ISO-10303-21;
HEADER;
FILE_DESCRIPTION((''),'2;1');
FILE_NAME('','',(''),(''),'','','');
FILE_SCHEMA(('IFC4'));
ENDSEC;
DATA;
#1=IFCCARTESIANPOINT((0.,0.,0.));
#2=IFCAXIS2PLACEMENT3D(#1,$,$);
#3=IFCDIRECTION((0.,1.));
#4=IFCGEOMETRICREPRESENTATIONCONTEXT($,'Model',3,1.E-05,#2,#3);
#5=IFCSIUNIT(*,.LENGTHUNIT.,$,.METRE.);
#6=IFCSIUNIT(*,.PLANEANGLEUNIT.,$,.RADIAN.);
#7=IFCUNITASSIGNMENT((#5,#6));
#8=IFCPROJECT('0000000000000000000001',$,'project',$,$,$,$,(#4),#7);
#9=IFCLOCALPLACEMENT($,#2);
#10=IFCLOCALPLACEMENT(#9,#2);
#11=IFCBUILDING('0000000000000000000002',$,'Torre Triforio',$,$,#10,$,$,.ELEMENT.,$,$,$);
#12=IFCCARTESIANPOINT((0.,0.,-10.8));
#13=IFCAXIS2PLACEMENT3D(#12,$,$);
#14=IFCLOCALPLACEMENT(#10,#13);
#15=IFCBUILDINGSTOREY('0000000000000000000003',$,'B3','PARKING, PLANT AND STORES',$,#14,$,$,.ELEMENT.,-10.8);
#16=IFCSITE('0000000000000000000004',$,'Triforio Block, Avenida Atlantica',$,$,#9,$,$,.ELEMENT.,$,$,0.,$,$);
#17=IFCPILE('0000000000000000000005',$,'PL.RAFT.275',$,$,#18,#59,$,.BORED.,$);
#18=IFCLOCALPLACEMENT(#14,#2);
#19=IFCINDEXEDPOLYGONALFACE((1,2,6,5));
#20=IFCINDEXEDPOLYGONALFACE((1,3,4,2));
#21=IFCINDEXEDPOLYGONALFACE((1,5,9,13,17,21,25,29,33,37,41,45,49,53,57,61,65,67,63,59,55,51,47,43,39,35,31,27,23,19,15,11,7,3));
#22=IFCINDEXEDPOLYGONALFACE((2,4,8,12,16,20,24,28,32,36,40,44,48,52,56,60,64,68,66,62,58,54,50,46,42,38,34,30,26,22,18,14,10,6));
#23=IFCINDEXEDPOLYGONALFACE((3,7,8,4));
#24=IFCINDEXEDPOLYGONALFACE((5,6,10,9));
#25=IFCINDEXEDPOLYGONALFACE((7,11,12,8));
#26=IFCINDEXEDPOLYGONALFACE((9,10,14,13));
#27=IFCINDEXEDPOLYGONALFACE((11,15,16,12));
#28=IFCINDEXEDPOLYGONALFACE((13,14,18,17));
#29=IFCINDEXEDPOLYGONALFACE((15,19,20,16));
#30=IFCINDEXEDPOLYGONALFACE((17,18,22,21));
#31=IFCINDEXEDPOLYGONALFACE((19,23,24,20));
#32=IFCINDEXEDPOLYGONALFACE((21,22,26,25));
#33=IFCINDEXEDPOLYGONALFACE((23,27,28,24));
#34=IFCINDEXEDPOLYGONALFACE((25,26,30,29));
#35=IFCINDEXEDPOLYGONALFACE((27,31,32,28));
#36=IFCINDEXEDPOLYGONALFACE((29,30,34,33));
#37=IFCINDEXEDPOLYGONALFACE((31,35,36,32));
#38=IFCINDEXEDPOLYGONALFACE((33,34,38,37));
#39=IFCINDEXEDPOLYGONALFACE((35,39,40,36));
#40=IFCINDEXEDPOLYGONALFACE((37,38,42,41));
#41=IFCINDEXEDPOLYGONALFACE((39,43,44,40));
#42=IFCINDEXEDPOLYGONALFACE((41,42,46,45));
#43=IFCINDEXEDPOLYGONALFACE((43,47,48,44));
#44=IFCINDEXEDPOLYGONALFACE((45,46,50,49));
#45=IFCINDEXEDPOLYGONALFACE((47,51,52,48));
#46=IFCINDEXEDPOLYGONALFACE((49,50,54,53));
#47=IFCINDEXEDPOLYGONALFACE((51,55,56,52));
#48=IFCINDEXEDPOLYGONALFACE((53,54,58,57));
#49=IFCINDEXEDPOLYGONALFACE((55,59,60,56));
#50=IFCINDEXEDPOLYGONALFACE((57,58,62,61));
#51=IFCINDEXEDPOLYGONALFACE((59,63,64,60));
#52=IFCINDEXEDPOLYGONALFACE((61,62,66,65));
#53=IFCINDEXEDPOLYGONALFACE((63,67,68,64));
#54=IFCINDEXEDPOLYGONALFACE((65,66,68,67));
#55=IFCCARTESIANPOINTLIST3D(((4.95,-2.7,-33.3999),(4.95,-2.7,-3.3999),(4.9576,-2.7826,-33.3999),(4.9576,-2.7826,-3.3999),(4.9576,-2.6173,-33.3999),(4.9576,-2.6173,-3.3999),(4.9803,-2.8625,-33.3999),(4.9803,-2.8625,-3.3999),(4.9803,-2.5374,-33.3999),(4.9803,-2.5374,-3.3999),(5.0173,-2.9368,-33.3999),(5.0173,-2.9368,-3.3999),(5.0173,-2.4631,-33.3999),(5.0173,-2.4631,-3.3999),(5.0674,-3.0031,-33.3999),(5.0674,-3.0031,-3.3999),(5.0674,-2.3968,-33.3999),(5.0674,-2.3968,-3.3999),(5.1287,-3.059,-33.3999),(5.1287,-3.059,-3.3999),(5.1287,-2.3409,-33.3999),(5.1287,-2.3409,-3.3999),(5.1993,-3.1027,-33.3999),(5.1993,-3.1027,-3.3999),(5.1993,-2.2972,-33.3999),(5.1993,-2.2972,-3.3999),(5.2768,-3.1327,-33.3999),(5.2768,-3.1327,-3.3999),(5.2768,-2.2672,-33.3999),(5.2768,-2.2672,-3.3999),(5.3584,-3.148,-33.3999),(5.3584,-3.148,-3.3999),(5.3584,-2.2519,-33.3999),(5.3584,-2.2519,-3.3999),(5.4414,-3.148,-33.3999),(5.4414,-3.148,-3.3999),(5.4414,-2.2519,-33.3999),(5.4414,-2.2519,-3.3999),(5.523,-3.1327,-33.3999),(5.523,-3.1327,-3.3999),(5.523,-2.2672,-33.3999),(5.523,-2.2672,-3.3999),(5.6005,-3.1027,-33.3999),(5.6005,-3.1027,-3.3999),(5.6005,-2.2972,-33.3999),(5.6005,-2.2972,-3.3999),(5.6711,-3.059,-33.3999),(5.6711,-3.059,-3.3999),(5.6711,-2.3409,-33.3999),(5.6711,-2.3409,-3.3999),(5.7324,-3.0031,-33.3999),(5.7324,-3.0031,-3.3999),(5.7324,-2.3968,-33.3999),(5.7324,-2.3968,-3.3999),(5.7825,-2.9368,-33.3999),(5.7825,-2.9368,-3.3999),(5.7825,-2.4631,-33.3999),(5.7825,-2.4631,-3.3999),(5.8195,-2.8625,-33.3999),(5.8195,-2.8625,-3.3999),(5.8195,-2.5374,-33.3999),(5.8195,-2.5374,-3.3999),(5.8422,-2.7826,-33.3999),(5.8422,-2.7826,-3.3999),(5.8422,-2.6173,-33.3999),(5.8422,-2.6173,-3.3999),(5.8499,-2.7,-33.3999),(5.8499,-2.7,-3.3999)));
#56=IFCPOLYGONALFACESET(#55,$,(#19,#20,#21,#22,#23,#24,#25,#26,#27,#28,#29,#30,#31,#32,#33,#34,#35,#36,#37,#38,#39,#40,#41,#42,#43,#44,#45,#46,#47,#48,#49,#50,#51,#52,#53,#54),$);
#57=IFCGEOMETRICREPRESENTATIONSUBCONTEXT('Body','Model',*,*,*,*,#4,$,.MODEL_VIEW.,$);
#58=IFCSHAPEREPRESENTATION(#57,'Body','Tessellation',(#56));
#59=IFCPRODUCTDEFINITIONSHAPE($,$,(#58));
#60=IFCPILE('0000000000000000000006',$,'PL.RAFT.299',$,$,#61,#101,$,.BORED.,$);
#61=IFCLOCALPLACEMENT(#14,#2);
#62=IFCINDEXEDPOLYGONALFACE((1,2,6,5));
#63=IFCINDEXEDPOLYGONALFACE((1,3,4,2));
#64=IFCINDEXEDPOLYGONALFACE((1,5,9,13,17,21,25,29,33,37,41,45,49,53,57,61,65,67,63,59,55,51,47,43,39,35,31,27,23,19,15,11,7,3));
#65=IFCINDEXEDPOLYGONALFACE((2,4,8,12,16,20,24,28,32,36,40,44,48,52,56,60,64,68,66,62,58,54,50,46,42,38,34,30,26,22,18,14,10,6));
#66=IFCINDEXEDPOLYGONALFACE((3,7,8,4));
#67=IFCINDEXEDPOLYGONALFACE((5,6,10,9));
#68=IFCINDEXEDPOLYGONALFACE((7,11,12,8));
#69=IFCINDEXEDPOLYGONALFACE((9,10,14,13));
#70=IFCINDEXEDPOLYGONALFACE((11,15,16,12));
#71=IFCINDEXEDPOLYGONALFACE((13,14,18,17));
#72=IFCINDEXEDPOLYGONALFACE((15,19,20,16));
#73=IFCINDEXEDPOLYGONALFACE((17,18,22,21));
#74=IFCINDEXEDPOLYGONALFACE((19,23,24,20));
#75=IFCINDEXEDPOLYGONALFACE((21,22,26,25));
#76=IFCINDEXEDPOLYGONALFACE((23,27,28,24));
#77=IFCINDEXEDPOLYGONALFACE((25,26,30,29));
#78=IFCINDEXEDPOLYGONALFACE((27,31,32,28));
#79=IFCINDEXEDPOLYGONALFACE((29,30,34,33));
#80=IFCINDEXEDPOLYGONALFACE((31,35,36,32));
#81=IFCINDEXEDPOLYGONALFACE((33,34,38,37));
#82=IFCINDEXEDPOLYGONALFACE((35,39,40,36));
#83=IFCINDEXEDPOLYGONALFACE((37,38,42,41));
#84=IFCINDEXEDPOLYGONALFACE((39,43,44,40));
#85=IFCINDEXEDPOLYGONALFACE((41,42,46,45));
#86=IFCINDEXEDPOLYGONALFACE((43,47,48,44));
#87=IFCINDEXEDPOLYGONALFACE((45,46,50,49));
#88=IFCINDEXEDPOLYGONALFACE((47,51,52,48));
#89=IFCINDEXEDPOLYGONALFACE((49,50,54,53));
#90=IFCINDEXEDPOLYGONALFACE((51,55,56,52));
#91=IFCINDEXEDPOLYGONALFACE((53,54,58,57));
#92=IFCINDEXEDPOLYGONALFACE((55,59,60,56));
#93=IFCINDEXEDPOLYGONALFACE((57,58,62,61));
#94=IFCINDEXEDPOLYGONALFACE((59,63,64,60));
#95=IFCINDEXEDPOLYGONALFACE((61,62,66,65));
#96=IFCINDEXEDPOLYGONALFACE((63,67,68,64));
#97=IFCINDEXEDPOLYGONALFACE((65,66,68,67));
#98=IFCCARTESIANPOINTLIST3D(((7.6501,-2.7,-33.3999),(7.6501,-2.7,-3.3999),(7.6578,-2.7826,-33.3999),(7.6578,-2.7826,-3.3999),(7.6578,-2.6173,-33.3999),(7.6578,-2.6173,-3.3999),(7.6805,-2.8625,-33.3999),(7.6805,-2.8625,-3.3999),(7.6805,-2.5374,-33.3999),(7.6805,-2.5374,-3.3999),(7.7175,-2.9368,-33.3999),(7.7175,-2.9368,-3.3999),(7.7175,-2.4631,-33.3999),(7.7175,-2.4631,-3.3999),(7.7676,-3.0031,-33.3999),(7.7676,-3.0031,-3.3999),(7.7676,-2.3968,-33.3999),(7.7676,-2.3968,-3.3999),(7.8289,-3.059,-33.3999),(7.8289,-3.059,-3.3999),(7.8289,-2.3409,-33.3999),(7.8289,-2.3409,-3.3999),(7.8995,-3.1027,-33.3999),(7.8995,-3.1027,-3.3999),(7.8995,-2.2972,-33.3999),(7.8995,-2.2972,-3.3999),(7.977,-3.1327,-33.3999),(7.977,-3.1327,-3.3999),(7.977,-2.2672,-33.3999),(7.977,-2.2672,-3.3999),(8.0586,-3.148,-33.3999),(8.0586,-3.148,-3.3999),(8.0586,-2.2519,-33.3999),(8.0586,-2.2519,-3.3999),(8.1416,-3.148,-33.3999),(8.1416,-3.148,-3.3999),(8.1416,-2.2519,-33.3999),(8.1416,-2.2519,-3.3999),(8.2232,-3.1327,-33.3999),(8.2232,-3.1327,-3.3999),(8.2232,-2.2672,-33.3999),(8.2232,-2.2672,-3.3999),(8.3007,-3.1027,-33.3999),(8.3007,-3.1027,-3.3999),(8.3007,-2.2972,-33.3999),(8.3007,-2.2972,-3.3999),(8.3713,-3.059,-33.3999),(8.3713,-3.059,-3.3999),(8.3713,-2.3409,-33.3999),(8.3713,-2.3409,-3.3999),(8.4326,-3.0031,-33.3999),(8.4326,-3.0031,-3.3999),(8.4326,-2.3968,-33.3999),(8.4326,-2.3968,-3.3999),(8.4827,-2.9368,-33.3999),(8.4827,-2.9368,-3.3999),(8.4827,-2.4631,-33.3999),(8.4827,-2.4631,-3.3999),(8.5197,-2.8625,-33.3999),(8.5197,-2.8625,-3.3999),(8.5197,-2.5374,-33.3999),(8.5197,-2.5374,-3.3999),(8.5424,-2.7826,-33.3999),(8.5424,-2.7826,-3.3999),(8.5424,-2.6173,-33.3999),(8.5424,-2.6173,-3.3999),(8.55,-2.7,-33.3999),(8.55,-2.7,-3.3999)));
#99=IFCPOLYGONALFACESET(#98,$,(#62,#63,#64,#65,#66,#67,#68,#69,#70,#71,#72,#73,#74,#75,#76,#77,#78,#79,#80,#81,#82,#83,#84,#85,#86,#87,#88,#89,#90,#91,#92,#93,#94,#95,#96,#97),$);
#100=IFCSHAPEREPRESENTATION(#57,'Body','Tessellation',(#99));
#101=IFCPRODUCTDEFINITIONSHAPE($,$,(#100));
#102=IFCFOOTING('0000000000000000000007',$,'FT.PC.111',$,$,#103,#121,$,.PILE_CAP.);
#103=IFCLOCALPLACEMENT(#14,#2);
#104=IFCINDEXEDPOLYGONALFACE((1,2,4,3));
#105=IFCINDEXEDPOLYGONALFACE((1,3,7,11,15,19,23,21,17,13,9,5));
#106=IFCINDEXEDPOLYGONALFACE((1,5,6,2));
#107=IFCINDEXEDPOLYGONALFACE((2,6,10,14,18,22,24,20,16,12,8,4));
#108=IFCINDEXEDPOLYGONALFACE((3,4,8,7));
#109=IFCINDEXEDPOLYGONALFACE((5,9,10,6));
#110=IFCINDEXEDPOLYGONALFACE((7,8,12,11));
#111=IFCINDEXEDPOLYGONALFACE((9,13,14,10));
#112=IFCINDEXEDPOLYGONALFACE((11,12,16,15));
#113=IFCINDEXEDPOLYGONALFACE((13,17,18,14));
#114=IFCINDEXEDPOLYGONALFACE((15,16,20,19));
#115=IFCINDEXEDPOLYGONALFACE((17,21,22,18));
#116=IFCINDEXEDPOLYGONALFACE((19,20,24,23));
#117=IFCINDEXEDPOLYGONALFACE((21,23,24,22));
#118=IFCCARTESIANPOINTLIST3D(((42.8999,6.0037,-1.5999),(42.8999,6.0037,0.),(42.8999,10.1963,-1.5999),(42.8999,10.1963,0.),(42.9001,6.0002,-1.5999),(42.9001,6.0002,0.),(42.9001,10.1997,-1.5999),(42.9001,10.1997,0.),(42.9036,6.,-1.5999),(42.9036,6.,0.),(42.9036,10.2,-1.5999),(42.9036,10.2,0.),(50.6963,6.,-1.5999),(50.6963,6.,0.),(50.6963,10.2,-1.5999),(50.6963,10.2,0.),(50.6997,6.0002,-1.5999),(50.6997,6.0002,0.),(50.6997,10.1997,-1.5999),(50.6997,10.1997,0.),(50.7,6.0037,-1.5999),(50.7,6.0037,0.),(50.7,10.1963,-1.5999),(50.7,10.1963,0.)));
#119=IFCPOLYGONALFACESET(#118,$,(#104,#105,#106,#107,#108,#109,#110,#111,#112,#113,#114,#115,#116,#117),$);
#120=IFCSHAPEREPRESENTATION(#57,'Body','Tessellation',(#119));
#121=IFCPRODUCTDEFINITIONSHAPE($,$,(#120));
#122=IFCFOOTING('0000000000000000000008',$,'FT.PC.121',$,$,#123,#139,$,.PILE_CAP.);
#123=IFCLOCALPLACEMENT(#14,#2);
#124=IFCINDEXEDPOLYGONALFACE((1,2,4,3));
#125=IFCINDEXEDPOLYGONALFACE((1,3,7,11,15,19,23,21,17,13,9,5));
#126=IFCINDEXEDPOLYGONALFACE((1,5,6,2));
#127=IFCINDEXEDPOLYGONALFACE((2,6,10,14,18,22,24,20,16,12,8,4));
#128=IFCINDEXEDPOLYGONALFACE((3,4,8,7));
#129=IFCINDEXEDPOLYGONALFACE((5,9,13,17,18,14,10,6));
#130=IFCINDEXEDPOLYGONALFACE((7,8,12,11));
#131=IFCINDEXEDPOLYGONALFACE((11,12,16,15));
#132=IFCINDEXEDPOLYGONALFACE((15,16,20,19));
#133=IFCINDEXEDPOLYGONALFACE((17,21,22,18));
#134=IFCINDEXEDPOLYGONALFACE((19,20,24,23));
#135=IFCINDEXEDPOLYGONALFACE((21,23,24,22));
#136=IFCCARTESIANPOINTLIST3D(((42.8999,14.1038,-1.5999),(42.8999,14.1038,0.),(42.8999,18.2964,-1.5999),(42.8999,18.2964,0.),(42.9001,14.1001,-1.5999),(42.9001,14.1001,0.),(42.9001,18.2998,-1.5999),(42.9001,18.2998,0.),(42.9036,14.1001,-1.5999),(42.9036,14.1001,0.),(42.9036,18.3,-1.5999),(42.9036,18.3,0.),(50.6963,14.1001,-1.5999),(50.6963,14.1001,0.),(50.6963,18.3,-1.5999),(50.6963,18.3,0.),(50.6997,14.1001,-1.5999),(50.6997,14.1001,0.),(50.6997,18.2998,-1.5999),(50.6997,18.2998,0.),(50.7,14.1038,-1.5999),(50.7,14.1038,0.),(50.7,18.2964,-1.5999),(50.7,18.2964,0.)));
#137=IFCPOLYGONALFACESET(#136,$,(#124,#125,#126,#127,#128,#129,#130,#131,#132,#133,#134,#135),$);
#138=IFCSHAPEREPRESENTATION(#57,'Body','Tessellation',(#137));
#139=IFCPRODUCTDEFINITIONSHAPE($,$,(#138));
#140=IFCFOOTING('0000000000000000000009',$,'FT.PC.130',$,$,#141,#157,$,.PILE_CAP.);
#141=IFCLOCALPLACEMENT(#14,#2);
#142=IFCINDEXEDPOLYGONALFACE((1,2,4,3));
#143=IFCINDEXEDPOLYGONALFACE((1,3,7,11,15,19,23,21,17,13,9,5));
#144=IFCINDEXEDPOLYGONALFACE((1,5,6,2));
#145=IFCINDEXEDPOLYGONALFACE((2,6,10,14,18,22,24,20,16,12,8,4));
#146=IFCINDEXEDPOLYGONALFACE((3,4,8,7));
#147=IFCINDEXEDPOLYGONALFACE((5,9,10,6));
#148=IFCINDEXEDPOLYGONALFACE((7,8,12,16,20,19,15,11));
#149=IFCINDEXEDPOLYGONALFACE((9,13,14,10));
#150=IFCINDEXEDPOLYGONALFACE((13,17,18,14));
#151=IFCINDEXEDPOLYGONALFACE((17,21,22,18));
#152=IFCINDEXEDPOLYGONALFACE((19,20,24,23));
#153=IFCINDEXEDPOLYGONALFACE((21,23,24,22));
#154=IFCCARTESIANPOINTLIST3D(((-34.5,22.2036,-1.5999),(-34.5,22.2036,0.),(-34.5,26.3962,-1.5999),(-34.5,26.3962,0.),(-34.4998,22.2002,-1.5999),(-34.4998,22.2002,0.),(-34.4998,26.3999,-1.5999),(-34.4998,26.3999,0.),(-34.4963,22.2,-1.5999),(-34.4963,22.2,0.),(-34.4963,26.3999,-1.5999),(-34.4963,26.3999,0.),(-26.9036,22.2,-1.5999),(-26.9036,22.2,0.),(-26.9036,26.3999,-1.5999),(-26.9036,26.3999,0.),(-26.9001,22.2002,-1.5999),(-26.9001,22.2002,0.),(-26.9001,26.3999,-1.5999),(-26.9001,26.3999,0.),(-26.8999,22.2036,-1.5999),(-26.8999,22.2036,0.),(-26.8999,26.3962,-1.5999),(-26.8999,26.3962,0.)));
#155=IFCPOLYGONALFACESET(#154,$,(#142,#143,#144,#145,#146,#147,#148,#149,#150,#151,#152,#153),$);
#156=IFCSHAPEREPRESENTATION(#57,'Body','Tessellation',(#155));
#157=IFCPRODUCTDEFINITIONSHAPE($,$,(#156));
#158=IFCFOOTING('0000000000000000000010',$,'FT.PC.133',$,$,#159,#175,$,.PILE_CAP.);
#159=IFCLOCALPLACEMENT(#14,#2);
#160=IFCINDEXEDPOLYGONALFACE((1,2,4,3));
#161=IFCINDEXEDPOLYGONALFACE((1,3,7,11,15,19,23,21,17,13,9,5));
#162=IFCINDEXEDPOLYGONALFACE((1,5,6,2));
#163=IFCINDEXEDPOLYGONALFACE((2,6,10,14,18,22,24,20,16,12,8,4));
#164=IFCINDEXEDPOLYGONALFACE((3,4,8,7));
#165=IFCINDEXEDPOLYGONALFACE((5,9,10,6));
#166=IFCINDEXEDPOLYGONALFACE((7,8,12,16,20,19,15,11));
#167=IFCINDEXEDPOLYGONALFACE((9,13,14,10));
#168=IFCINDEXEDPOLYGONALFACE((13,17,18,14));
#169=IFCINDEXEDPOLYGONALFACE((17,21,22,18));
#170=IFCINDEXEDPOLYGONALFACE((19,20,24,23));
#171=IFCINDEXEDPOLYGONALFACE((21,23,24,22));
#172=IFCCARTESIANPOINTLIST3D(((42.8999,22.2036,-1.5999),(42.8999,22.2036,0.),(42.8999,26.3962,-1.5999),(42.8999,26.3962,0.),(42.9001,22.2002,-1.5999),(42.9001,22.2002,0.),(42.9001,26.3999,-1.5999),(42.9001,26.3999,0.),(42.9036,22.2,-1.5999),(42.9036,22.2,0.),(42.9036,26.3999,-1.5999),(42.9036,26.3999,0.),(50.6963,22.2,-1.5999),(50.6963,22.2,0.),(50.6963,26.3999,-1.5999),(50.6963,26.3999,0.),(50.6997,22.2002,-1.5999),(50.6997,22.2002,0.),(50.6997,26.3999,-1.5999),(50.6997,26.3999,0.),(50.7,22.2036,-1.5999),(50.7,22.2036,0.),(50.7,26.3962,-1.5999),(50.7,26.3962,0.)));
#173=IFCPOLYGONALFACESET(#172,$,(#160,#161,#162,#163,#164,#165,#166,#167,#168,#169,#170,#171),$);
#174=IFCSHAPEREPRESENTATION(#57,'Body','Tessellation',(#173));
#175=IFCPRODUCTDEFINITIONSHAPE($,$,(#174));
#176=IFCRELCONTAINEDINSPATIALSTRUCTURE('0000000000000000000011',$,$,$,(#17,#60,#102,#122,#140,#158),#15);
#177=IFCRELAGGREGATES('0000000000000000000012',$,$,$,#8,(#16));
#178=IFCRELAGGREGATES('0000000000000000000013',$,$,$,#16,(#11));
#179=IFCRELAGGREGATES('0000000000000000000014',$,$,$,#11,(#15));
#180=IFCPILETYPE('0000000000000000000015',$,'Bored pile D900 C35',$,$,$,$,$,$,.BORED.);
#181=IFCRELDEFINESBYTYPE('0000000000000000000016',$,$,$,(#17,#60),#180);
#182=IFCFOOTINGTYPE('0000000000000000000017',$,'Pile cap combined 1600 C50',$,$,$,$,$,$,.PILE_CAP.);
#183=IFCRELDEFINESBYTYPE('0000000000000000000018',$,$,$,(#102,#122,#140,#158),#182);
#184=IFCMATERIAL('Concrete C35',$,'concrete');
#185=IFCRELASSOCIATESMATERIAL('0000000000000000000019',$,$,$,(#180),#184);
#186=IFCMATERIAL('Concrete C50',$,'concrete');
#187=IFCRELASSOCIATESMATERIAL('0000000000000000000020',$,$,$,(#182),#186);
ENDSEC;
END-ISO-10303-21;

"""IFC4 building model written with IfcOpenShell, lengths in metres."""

from ifc_helpers import new_model, si_unit, direction, frame, origin, origin_2d, place, context, subcontext, project, spatial, polyline, circle, outline, extrude, material, material_profile, profile_set, type_object, element, save


model = new_model("IFC4")

# Units and contexts
model_context = context("Model", 3, precision=1e-05, world=origin(), true_north=direction((0.0, 1.0)))
body_context = subcontext(model_context, "Body", "Model", "MODEL_VIEW")
ifc_project = project(units=[si_unit("LENGTHUNIT", "METRE"), si_unit("PLANEANGLEUNIT", "RADIAN")], contexts=[model_context])

# Site, building, storey
site_placement = place(None, origin())
site = spatial("IfcSite", under=ifc_project, at=site_placement, Name="Triforio Block, Avenida Atlantica", CompositionType="ELEMENT", RefElevation=0.0)
building_placement = place(site_placement, origin())
building = spatial("IfcBuilding", under=site, at=building_placement, Name="Torre Triforio", CompositionType="ELEMENT")
storey_placement = place(building_placement, frame((0.0, 0.0, -10.8)))
storey = spatial("IfcBuildingStorey", under=building, at=storey_placement, Name="B3", Description="PARKING, PLANT AND STORES", CompositionType="ELEMENT", Elevation=-10.8)

# Piles
ifc_material_1 = material(Name="Concrete C35", Category="concrete")
ifc_material_profile = material_profile(ifc_material_1, circle(Radius=0.45, at=origin_2d()), Name="RC D900")
ifc_profile_set = profile_set([ifc_material_profile], Name="Concrete C35")
pile_type = type_object("IfcPileType", Name="Bored pile D900 C35", PredefinedType="BORED", material=ifc_profile_set)
for number, where, z_axis, x_axis, name in (
    (1, (5.3999, -2.7, -3.3999), (0.0, 0.0, -1.0), (1.0, 0.0, 0.0), "PL.RAFT.275"),
    (2, (8.1001, -2.7, -3.3999), (0.0, 0.0, -1.0), (1.0, 0.0, 0.0), "PL.RAFT.299"),
):
    element("IfcPile", number, at=place(storey_placement, frame(where, z_axis=z_axis, x_axis=x_axis)), inside=storey, type_object=pile_type, Name=name, PredefinedType="BORED", context=body_context, shape_type="SweptSolid", body=[
        extrude(circle(Radius=0.45, at=origin_2d()), origin(), (0.0, 0.0, 1.0), 30.0),
    ])

# Footings
ifc_material_2 = material(Name="Concrete C50", Category="concrete")
footing_type_1 = type_object("IfcFootingType", Name="Pile cap combined 1600 C50", PredefinedType="PILE_CAP", material=ifc_material_2)
footing_1_placement = place(storey_placement, frame((0.0, 0.0, -1.5999)))
element("IfcFooting", 3, at=footing_1_placement, inside=storey, type_object=footing_type_1, Name="FT.PC.111", PredefinedType="PILE_CAP", context=body_context, shape_type="SweptSolid", body=[
    extrude(outline(polyline([(42.9001, 6.0002), (42.9036, 6.0), (50.6963, 6.0), (50.6997, 6.0002), (50.7, 6.0037), (50.7, 10.1963), (50.6997, 10.1997), (50.6963, 10.2), (42.9036, 10.2), (42.9001, 10.1997), (42.8999, 10.1963), (42.8999, 6.0037), (42.9001, 6.0002)])), origin(), (0.0, 0.0, 1.0), 1.5999),
])
footing_2_placement = place(storey_placement, frame((0.0, 0.0, -1.5999)))
element("IfcFooting", 4, at=footing_2_placement, inside=storey, type_object=footing_type_1, Name="FT.PC.121", PredefinedType="PILE_CAP", context=body_context, shape_type="SweptSolid", body=[
    extrude(outline(polyline([(42.9001, 14.1001), (42.9036, 14.1001), (50.6963, 14.1001), (50.6997, 14.1001), (50.7, 14.1038), (50.7, 18.2964), (50.6997, 18.2998), (50.6963, 18.3), (42.9036, 18.3), (42.9001, 18.2998), (42.8999, 18.2964), (42.8999, 14.1038), (42.9001, 14.1001)])), origin(), (0.0, 0.0, 1.0), 1.5999),
])
footing_3_placement = place(storey_placement, frame((0.0, 0.0, -1.5999)))
element("IfcFooting", 5, at=footing_3_placement, inside=storey, type_object=footing_type_1, Name="FT.PC.130", PredefinedType="PILE_CAP", context=body_context, shape_type="SweptSolid", body=[
    extrude(outline(polyline([(-34.4998, 22.2002), (-34.4963, 22.2), (-26.9036, 22.2), (-26.9001, 22.2002), (-26.8999, 22.2036), (-26.8999, 26.3962), (-26.9001, 26.3999), (-26.9036, 26.3999), (-34.4963, 26.3999), (-34.4998, 26.3999), (-34.5, 26.3962), (-34.5, 22.2036), (-34.4998, 22.2002)])), origin(), (0.0, 0.0, 1.0), 1.5999),
])
footing_4_placement = place(storey_placement, frame((0.0, 0.0, -1.5999)))
element("IfcFooting", 6, at=footing_4_placement, inside=storey, type_object=footing_type_1, Name="FT.PC.133", PredefinedType="PILE_CAP", context=body_context, shape_type="SweptSolid", body=[
    extrude(outline(polyline([(42.9001, 22.2002), (42.9036, 22.2), (50.6963, 22.2), (50.6997, 22.2002), (50.7, 22.2036), (50.7, 26.3962), (50.6997, 26.3999), (50.6963, 26.3999), (42.9036, 26.3999), (42.9001, 26.3999), (42.8999, 26.3962), (42.8999, 22.2036), (42.9001, 22.2002)])), origin(), (0.0, 0.0, 1.0), 1.5999),
])

save(model, "model.ifc")
